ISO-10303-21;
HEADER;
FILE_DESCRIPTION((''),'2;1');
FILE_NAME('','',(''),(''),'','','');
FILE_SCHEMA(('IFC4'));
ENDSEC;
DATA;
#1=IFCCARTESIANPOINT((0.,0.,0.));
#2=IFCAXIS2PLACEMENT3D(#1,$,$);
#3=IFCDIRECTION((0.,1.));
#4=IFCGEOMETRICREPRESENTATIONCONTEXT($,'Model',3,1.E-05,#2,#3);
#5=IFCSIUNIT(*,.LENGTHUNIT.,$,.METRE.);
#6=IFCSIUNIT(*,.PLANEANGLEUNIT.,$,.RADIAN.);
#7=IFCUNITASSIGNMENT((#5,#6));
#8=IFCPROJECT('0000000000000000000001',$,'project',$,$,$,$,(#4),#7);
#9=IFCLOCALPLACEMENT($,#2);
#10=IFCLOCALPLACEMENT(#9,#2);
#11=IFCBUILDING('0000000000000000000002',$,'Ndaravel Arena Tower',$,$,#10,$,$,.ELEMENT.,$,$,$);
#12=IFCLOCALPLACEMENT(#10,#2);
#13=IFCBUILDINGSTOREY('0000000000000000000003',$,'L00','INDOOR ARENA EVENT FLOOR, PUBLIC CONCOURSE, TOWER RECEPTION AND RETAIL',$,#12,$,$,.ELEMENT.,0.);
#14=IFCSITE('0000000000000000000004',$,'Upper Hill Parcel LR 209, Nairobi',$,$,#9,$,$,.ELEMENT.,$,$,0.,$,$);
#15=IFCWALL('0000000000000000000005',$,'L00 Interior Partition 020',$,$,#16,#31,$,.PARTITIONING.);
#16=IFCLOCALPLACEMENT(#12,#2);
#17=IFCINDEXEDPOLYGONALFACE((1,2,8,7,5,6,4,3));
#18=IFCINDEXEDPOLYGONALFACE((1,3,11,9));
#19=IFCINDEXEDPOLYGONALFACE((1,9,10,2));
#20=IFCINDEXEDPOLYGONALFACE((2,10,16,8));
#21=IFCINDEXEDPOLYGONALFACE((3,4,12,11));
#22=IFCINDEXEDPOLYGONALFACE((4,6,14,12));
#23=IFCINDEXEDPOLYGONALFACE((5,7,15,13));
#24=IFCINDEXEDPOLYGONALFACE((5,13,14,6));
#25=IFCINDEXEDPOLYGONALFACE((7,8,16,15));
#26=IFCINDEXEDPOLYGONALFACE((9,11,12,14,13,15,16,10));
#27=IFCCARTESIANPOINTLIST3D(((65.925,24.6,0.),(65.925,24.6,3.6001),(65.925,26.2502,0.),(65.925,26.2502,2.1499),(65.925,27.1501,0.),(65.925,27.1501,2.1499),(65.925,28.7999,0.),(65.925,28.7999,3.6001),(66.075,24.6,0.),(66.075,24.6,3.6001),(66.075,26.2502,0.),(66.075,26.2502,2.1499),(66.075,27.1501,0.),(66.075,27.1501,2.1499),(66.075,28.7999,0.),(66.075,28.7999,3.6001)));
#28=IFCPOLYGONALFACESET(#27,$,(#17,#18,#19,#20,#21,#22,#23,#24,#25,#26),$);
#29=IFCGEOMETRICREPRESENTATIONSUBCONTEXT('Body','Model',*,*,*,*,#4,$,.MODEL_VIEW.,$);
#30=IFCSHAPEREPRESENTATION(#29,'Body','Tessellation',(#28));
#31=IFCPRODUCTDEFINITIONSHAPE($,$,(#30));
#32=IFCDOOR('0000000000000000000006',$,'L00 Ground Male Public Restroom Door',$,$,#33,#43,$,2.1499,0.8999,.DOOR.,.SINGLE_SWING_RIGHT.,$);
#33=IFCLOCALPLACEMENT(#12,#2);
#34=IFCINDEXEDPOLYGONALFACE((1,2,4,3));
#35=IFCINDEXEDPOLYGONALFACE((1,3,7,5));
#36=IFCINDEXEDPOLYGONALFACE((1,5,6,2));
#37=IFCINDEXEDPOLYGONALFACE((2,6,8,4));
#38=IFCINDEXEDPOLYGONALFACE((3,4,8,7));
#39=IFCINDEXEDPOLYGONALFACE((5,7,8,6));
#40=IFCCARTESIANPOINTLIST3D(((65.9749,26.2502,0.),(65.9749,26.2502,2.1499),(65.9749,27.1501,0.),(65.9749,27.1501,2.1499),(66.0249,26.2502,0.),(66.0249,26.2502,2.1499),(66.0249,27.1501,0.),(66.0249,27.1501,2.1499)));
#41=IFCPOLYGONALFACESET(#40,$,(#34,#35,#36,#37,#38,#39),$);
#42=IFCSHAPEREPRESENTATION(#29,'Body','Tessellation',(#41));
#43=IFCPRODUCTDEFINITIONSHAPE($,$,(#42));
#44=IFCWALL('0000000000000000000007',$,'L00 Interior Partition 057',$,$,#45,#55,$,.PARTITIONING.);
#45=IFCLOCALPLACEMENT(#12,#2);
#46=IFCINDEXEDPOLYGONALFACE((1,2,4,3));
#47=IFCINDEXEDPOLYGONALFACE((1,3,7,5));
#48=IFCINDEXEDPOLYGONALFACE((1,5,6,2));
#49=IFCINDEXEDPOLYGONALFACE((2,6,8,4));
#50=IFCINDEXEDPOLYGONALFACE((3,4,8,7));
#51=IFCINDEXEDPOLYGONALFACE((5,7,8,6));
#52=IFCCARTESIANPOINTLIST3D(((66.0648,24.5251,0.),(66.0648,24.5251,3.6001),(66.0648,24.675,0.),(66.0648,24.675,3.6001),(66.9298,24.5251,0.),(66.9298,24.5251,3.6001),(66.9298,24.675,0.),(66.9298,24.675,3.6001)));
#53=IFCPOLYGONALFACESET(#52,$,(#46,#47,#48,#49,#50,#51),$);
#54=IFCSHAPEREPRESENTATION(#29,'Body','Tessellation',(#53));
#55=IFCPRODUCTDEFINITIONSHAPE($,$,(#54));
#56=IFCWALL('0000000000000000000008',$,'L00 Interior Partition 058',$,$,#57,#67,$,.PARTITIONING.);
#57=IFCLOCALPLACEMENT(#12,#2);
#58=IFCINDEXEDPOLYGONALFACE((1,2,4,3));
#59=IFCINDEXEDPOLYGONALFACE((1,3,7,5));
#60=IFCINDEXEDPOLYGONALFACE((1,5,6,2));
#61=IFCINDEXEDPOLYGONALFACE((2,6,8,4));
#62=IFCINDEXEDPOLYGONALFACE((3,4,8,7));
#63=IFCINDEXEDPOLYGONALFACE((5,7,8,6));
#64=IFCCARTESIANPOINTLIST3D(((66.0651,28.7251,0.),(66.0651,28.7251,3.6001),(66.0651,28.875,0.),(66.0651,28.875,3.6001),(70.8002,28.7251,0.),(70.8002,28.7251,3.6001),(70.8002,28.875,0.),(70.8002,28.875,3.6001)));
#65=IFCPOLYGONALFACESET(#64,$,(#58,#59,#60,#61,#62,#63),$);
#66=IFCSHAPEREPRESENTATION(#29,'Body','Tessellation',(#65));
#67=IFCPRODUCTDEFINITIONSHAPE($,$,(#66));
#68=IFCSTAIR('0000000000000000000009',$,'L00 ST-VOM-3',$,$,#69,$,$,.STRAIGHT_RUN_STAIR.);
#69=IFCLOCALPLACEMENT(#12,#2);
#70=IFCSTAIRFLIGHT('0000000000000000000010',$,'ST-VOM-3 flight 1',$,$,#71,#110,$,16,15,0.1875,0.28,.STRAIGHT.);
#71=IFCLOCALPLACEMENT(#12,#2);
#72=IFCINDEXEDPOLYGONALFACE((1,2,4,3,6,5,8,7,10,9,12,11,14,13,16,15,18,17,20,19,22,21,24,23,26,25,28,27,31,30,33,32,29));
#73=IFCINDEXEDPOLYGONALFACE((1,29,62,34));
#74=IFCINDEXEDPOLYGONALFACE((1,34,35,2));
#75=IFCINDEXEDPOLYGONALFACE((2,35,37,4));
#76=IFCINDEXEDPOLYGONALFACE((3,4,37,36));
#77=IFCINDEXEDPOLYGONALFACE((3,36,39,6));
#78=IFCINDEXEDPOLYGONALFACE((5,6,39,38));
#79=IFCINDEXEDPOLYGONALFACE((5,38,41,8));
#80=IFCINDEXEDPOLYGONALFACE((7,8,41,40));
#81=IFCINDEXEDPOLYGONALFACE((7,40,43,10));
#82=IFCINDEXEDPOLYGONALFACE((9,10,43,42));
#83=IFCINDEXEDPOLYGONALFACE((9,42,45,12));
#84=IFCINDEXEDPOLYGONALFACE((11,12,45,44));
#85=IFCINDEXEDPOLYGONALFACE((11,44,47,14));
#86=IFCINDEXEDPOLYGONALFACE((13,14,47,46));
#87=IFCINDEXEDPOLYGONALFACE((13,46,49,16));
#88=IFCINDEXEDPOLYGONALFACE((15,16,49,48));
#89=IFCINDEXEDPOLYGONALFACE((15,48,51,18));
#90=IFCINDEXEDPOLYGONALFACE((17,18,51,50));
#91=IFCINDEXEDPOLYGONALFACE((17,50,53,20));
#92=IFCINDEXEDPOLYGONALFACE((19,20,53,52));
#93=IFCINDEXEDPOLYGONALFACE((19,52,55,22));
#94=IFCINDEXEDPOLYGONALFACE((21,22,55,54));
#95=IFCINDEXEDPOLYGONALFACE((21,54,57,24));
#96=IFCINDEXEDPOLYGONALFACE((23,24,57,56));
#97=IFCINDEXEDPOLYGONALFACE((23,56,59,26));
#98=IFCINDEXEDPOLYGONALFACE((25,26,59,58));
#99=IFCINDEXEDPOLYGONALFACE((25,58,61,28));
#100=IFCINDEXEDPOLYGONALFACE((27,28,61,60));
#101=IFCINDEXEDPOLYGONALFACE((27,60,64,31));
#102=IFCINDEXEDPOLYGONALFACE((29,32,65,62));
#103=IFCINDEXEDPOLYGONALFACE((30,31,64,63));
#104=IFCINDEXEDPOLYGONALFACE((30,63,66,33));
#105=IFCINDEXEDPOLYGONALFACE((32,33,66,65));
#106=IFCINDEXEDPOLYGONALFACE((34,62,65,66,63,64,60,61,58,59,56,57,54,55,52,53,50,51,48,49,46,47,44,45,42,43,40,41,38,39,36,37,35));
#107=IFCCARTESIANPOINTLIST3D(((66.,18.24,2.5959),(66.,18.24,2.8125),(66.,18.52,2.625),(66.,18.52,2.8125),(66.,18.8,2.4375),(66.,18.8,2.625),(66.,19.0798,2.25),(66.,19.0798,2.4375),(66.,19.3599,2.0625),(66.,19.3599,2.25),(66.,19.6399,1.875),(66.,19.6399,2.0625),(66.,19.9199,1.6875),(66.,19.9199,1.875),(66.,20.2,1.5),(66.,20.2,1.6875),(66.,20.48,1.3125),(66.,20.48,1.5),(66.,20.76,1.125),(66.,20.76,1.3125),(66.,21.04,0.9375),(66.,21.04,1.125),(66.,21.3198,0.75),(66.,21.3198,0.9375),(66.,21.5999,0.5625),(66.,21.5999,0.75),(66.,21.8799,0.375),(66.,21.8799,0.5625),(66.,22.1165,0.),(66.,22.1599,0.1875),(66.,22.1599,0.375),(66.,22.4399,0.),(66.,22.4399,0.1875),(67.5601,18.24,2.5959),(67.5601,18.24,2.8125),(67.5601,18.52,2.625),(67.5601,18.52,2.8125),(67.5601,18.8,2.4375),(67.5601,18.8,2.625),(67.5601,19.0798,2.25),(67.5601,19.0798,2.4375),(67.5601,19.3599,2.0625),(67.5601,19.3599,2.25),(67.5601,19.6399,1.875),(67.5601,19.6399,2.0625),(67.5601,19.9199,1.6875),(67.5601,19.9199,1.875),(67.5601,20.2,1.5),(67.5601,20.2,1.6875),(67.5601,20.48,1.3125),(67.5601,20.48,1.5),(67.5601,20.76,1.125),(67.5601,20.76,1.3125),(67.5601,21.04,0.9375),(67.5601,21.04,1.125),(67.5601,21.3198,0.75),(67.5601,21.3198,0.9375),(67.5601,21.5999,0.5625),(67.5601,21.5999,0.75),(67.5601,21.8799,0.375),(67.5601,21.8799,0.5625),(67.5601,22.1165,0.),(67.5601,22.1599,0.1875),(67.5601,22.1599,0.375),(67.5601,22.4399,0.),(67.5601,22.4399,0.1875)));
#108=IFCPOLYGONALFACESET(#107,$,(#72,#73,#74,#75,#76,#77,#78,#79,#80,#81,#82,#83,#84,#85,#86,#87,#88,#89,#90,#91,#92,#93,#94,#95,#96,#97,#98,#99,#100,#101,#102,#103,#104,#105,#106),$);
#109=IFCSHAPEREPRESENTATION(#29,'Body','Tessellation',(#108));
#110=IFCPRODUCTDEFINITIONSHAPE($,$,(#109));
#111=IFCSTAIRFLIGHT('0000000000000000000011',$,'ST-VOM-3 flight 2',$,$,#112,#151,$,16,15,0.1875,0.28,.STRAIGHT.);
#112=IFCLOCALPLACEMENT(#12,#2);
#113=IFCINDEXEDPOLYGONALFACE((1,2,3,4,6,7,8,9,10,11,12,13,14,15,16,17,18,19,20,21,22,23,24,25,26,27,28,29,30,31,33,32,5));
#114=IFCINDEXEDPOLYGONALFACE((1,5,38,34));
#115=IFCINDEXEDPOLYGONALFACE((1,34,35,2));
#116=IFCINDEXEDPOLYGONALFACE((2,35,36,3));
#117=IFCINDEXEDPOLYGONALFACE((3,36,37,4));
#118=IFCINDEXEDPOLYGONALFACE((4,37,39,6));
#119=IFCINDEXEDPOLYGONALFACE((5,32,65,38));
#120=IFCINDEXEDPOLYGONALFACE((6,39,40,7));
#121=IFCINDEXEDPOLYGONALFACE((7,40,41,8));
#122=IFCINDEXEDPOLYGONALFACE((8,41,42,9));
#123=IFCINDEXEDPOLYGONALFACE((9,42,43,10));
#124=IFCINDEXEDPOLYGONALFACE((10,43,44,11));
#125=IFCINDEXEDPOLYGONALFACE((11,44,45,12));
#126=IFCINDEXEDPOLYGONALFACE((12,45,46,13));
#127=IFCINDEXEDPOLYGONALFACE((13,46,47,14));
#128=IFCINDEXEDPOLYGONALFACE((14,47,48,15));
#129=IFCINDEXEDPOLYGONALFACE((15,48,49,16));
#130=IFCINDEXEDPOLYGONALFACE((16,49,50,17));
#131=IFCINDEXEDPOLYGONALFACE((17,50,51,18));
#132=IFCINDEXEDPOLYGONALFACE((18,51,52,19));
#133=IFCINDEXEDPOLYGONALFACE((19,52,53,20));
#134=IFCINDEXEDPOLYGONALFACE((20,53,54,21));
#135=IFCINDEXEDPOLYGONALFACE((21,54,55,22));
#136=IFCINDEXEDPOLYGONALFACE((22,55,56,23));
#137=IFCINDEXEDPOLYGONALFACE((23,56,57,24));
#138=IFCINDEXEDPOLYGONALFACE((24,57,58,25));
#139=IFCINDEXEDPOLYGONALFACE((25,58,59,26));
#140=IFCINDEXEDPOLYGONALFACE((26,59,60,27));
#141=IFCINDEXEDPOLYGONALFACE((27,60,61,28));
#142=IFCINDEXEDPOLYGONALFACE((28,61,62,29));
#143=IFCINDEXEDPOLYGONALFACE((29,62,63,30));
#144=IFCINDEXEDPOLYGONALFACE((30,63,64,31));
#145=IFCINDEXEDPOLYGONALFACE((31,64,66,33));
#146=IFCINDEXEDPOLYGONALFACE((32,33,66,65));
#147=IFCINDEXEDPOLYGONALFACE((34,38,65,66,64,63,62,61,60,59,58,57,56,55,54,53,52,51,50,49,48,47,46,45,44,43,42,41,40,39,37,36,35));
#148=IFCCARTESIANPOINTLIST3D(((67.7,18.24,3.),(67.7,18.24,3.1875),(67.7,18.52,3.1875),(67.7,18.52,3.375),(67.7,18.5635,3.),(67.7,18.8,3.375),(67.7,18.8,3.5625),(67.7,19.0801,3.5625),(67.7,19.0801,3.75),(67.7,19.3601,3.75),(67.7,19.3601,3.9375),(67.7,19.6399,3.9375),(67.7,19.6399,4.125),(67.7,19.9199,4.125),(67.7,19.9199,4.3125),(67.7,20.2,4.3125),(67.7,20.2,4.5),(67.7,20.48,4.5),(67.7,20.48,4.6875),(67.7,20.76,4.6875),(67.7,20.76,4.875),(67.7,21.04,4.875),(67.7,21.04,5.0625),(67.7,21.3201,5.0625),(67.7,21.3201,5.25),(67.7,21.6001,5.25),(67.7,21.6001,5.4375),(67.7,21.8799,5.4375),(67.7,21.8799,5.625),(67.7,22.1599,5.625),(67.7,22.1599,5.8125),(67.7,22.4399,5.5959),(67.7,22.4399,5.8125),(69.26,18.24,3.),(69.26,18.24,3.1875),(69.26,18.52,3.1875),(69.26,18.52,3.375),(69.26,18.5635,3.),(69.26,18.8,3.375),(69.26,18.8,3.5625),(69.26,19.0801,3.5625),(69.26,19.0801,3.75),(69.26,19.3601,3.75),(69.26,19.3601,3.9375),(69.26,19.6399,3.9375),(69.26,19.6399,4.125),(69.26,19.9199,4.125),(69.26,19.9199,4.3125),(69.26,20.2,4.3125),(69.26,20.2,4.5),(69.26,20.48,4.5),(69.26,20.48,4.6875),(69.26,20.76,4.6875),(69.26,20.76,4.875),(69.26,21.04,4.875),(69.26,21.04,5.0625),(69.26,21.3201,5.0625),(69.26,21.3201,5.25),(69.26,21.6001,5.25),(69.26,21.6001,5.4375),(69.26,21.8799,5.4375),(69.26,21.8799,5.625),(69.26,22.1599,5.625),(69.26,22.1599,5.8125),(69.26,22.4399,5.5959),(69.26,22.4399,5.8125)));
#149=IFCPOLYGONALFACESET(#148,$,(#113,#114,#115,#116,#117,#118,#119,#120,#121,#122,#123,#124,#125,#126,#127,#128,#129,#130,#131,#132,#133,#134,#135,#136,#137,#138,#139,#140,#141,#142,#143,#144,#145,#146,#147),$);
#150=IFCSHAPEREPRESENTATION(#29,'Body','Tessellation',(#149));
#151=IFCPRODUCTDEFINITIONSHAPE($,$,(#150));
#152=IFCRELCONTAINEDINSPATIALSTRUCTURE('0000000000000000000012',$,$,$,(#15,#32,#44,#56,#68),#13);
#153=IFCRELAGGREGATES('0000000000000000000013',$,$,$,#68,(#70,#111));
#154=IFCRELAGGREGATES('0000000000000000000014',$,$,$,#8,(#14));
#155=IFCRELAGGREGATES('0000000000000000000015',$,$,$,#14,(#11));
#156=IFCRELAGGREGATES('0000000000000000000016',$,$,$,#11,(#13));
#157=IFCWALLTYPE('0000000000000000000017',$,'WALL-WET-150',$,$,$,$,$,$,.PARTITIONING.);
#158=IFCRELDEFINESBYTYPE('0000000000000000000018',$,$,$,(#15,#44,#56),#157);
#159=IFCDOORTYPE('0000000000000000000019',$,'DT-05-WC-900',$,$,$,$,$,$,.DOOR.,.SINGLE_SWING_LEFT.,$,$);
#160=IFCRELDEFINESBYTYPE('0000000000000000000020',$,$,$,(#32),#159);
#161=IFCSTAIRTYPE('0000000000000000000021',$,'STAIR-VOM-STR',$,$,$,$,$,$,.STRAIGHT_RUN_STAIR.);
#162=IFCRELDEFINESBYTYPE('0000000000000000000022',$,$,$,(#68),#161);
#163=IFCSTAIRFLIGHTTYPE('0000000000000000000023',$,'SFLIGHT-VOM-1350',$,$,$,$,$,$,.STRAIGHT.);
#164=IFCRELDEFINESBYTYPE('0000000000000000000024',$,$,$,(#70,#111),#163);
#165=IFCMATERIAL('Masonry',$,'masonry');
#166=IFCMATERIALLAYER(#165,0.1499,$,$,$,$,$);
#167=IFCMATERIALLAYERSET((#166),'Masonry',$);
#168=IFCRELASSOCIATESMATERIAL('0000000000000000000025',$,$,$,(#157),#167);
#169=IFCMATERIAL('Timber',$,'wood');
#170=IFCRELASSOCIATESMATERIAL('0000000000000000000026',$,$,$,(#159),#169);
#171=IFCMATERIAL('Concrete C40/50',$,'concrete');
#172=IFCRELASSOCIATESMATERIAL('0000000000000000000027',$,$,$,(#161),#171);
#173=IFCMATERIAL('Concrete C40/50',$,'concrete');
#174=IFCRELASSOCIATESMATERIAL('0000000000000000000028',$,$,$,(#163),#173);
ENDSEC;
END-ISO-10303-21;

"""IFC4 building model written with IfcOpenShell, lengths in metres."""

from ifc_helpers import new_model, si_unit, direction, frame, frame_2d, origin, place, context, subcontext, project, spatial, polyline, rectangle, outline, extrude, material, layer, layer_set, type_object, element, fill, aggregate, save


model = new_model("IFC4")

# Units and contexts
model_context = context("Model", 3, precision=1e-05, world=origin(), true_north=direction((0.0, 1.0)))
body_context = subcontext(model_context, "Body", "Model", "MODEL_VIEW")
ifc_project = project(units=[si_unit("LENGTHUNIT", "METRE"), si_unit("PLANEANGLEUNIT", "RADIAN")], contexts=[model_context])

# Site, building, storey
site_placement = place(None, origin())
site = spatial("IfcSite", under=ifc_project, at=site_placement, Name="Upper Hill Parcel LR 209, Nairobi", CompositionType="ELEMENT", RefElevation=0.0)
building_placement = place(site_placement, origin())
building = spatial("IfcBuilding", under=site, at=building_placement, Name="Ndaravel Arena Tower", CompositionType="ELEMENT")
storey_placement = place(building_placement, origin())
storey = spatial("IfcBuildingStorey", under=building, at=storey_placement, Name="L00", Description="INDOOR ARENA EVENT FLOOR, PUBLIC CONCOURSE, TOWER RECEPTION AND RETAIL", CompositionType="ELEMENT", Elevation=0.0)

# Wall, opening, door
ifc_material_1 = material(Name="Masonry", Category="masonry")
ifc_layer_1 = layer(ifc_material_1, 0.1499)
ifc_layer_set_1 = layer_set([ifc_layer_1], Name="Masonry")
wall_type_1 = type_object("IfcWallType", Name="WALL-WET-150", PredefinedType="PARTITIONING", material=ifc_layer_set_1)
wall_1_placement = place(storey_placement, frame((66.0, 28.8, 0.0), z_axis=(0.0, 0.0, 1.0), x_axis=(0.0, -1.0, 0.0)))
wall_1 = element("IfcWall", 1, at=wall_1_placement, inside=storey, type_object=wall_type_1, Name="L00 Interior Partition 020", PredefinedType="PARTITIONING", context=body_context, shape_type="SweptSolid", body=[
    extrude(rectangle(XDim=4.2, YDim=0.1499, at=frame_2d((2.1001, 0.0))), origin(), (0.0, 0.0, 1.0), 3.6001),
])
opening_1_placement = place(wall_1_placement, frame((1.6499, 0.0, 0.0)))
opening_1 = element("IfcOpeningElement", 2, at=opening_1_placement, cuts=wall_1, PredefinedType="OPENING", context=body_context, shape_type="SweptSolid", body=[
    extrude(rectangle(XDim=0.8999, YDim=2.1499, at=frame_2d((0.45, 1.075))), frame((0.0, 0.075, 0.0), z_axis=(0.0, -1.0, 0.0), x_axis=(1.0, 0.0, 0.0)), (0.0, 0.0, 1.0), 0.1499),
])
ifc_material_2 = material(Name="Timber", Category="wood")
door_type_1 = type_object("IfcDoorType", Name="DT-05-WC-900", OperationType="SINGLE_SWING_LEFT", PredefinedType="DOOR", material=ifc_material_2)
door_1_placement = place(opening_1_placement, origin())
door_1 = element("IfcDoor", 3, at=door_1_placement, inside=storey, type_object=door_type_1, Name="L00 Ground Male Public Restroom Door", OperationType="SINGLE_SWING_RIGHT", OverallHeight=2.1499, OverallWidth=0.8999, PredefinedType="DOOR", context=body_context, shape_type="SweptSolid", body=[
    extrude(rectangle(XDim=0.8999, YDim=2.1499, at=frame_2d((0.45, 1.075))), frame((0.0, 0.0249, 0.0), z_axis=(0.0, -1.0, 0.0), x_axis=(1.0, 0.0, 0.0)), (0.0, 0.0, 1.0), 0.05),
])
fill(opening_1, door_1)

# Walls
wall_2_placement = place(storey_placement, frame((66.9299, 24.6001, 0.0), z_axis=(0.0, 0.0, 1.0), x_axis=(-1.0, 0.0, 0.0)))
element("IfcWall", 4, at=wall_2_placement, inside=storey, type_object=wall_type_1, Name="L00 Interior Partition 057", PredefinedType="PARTITIONING", context=body_context, shape_type="SweptSolid", body=[
    extrude(rectangle(XDim=0.865, YDim=0.1499, at=frame_2d((0.4326, 0.0))), origin(), (0.0, 0.0, 1.0), 3.6001),
])
wall_3_placement = place(storey_placement, frame((66.0649, 28.8, 0.0), z_axis=(0.0, 0.0, 1.0), x_axis=(1.0, 0.0, 0.0)))
element("IfcWall", 5, at=wall_3_placement, inside=storey, type_object=wall_type_1, Name="L00 Interior Partition 058", PredefinedType="PARTITIONING", context=body_context, shape_type="SweptSolid", body=[
    extrude(rectangle(XDim=4.7351, YDim=0.1499, at=frame_2d((2.3677, 0.0))), origin(), (0.0, 0.0, 1.0), 3.6001),
])

# Stair, stair flights
ifc_material_3 = material(Name="Concrete C40/50", Category="concrete")
stair_type = type_object("IfcStairType", Name="STAIR-VOM-STR", PredefinedType="STRAIGHT_RUN_STAIR", material=ifc_material_3)
stair_placement = place(storey_placement, origin())
stair = element("IfcStair", 6, at=stair_placement, inside=storey, type_object=stair_type, Name="L00 ST-VOM-3", PredefinedType="STRAIGHT_RUN_STAIR")
ifc_material_4 = material(Name="Concrete C40/50", Category="concrete")
stair_flight_type = type_object("IfcStairFlightType", Name="SFLIGHT-VOM-1350", PredefinedType="STRAIGHT", material=ifc_material_4)
stair_flight_1_placement = place(storey_placement, frame((66.78, 22.4399, 0.0), z_axis=(0.0, 0.0, 1.0), x_axis=(0.0, -1.0, 0.0)))
stair_flight_1 = element("IfcStairFlight", 7, at=stair_flight_1_placement, type_object=stair_flight_type, Name="ST-VOM-3 flight 1", NumberOfRisers=16, NumberOfTreads=15, PredefinedType="STRAIGHT", RiserHeight=0.1875, TreadLength=0.28, context=body_context, shape_type="SweptSolid", body=[
    extrude(outline(polyline([(0.0, 0.0), (0.0, 0.1875), (0.28, 0.1875), (0.28, 0.375), (0.5601, 0.375), (0.5601, 0.5625), (0.8401, 0.5625), (0.8401, 0.75), (1.1201, 0.75), (1.1201, 0.9375), (1.3999, 0.9375), (1.3999, 1.125), (1.6799, 1.125), (1.6799, 1.3125), (1.96, 1.3125), (1.96, 1.5), (2.24, 1.5), (2.24, 1.6875), (2.52, 1.6875), (2.52, 1.875), (2.8, 1.875), (2.8, 2.0625), (3.0801, 2.0625), (3.0801, 2.25), (3.3601, 2.25), (3.3601, 2.4375), (3.6399, 2.4375), (3.6399, 2.625), (3.9199, 2.625), (3.9199, 2.8125), (4.2, 2.8125), (4.2, 3.0), (4.2, 2.5959), (0.3235, 0.0), (0.0, 0.0)])), frame((0.0, 0.78, 0.0), z_axis=(0.0, -1.0, 0.0), x_axis=(1.0, 0.0, 0.0)), (0.0, 0.0, 1.0), 1.5601),
])
stair_flight_2_placement = place(storey_placement, frame((68.48, 18.24, 3.0), z_axis=(0.0, 0.0, 1.0), x_axis=(0.0, 1.0, 0.0)))
stair_flight_2 = element("IfcStairFlight", 8, at=stair_flight_2_placement, type_object=stair_flight_type, Name="ST-VOM-3 flight 2", NumberOfRisers=16, NumberOfTreads=15, PredefinedType="STRAIGHT", RiserHeight=0.1875, TreadLength=0.28, context=body_context, shape_type="SweptSolid", body=[
    extrude(outline(polyline([(0.0, 0.0), (0.0, 0.1875), (0.28, 0.1875), (0.28, 0.375), (0.5601, 0.375), (0.5601, 0.5625), (0.8401, 0.5625), (0.8401, 0.75), (1.1201, 0.75), (1.1201, 0.9375), (1.3999, 0.9375), (1.3999, 1.125), (1.6799, 1.125), (1.6799, 1.3125), (1.96, 1.3125), (1.96, 1.5), (2.24, 1.5), (2.24, 1.6875), (2.52, 1.6875), (2.52, 1.875), (2.8, 1.875), (2.8, 2.0625), (3.0801, 2.0625), (3.0801, 2.25), (3.3601, 2.25), (3.3601, 2.4375), (3.6399, 2.4375), (3.6399, 2.625), (3.9199, 2.625), (3.9199, 2.8125), (4.2, 2.8125), (4.2, 3.0), (4.2, 2.5959), (0.3235, 0.0), (0.0, 0.0)])), frame((0.0, 0.78, 0.0), z_axis=(0.0, -1.0, 0.0), x_axis=(1.0, 0.0, 0.0)), (0.0, 0.0, 1.0), 1.5601),
])
aggregate(stair, [stair_flight_1, stair_flight_2])

save(model, "model.ifc")
